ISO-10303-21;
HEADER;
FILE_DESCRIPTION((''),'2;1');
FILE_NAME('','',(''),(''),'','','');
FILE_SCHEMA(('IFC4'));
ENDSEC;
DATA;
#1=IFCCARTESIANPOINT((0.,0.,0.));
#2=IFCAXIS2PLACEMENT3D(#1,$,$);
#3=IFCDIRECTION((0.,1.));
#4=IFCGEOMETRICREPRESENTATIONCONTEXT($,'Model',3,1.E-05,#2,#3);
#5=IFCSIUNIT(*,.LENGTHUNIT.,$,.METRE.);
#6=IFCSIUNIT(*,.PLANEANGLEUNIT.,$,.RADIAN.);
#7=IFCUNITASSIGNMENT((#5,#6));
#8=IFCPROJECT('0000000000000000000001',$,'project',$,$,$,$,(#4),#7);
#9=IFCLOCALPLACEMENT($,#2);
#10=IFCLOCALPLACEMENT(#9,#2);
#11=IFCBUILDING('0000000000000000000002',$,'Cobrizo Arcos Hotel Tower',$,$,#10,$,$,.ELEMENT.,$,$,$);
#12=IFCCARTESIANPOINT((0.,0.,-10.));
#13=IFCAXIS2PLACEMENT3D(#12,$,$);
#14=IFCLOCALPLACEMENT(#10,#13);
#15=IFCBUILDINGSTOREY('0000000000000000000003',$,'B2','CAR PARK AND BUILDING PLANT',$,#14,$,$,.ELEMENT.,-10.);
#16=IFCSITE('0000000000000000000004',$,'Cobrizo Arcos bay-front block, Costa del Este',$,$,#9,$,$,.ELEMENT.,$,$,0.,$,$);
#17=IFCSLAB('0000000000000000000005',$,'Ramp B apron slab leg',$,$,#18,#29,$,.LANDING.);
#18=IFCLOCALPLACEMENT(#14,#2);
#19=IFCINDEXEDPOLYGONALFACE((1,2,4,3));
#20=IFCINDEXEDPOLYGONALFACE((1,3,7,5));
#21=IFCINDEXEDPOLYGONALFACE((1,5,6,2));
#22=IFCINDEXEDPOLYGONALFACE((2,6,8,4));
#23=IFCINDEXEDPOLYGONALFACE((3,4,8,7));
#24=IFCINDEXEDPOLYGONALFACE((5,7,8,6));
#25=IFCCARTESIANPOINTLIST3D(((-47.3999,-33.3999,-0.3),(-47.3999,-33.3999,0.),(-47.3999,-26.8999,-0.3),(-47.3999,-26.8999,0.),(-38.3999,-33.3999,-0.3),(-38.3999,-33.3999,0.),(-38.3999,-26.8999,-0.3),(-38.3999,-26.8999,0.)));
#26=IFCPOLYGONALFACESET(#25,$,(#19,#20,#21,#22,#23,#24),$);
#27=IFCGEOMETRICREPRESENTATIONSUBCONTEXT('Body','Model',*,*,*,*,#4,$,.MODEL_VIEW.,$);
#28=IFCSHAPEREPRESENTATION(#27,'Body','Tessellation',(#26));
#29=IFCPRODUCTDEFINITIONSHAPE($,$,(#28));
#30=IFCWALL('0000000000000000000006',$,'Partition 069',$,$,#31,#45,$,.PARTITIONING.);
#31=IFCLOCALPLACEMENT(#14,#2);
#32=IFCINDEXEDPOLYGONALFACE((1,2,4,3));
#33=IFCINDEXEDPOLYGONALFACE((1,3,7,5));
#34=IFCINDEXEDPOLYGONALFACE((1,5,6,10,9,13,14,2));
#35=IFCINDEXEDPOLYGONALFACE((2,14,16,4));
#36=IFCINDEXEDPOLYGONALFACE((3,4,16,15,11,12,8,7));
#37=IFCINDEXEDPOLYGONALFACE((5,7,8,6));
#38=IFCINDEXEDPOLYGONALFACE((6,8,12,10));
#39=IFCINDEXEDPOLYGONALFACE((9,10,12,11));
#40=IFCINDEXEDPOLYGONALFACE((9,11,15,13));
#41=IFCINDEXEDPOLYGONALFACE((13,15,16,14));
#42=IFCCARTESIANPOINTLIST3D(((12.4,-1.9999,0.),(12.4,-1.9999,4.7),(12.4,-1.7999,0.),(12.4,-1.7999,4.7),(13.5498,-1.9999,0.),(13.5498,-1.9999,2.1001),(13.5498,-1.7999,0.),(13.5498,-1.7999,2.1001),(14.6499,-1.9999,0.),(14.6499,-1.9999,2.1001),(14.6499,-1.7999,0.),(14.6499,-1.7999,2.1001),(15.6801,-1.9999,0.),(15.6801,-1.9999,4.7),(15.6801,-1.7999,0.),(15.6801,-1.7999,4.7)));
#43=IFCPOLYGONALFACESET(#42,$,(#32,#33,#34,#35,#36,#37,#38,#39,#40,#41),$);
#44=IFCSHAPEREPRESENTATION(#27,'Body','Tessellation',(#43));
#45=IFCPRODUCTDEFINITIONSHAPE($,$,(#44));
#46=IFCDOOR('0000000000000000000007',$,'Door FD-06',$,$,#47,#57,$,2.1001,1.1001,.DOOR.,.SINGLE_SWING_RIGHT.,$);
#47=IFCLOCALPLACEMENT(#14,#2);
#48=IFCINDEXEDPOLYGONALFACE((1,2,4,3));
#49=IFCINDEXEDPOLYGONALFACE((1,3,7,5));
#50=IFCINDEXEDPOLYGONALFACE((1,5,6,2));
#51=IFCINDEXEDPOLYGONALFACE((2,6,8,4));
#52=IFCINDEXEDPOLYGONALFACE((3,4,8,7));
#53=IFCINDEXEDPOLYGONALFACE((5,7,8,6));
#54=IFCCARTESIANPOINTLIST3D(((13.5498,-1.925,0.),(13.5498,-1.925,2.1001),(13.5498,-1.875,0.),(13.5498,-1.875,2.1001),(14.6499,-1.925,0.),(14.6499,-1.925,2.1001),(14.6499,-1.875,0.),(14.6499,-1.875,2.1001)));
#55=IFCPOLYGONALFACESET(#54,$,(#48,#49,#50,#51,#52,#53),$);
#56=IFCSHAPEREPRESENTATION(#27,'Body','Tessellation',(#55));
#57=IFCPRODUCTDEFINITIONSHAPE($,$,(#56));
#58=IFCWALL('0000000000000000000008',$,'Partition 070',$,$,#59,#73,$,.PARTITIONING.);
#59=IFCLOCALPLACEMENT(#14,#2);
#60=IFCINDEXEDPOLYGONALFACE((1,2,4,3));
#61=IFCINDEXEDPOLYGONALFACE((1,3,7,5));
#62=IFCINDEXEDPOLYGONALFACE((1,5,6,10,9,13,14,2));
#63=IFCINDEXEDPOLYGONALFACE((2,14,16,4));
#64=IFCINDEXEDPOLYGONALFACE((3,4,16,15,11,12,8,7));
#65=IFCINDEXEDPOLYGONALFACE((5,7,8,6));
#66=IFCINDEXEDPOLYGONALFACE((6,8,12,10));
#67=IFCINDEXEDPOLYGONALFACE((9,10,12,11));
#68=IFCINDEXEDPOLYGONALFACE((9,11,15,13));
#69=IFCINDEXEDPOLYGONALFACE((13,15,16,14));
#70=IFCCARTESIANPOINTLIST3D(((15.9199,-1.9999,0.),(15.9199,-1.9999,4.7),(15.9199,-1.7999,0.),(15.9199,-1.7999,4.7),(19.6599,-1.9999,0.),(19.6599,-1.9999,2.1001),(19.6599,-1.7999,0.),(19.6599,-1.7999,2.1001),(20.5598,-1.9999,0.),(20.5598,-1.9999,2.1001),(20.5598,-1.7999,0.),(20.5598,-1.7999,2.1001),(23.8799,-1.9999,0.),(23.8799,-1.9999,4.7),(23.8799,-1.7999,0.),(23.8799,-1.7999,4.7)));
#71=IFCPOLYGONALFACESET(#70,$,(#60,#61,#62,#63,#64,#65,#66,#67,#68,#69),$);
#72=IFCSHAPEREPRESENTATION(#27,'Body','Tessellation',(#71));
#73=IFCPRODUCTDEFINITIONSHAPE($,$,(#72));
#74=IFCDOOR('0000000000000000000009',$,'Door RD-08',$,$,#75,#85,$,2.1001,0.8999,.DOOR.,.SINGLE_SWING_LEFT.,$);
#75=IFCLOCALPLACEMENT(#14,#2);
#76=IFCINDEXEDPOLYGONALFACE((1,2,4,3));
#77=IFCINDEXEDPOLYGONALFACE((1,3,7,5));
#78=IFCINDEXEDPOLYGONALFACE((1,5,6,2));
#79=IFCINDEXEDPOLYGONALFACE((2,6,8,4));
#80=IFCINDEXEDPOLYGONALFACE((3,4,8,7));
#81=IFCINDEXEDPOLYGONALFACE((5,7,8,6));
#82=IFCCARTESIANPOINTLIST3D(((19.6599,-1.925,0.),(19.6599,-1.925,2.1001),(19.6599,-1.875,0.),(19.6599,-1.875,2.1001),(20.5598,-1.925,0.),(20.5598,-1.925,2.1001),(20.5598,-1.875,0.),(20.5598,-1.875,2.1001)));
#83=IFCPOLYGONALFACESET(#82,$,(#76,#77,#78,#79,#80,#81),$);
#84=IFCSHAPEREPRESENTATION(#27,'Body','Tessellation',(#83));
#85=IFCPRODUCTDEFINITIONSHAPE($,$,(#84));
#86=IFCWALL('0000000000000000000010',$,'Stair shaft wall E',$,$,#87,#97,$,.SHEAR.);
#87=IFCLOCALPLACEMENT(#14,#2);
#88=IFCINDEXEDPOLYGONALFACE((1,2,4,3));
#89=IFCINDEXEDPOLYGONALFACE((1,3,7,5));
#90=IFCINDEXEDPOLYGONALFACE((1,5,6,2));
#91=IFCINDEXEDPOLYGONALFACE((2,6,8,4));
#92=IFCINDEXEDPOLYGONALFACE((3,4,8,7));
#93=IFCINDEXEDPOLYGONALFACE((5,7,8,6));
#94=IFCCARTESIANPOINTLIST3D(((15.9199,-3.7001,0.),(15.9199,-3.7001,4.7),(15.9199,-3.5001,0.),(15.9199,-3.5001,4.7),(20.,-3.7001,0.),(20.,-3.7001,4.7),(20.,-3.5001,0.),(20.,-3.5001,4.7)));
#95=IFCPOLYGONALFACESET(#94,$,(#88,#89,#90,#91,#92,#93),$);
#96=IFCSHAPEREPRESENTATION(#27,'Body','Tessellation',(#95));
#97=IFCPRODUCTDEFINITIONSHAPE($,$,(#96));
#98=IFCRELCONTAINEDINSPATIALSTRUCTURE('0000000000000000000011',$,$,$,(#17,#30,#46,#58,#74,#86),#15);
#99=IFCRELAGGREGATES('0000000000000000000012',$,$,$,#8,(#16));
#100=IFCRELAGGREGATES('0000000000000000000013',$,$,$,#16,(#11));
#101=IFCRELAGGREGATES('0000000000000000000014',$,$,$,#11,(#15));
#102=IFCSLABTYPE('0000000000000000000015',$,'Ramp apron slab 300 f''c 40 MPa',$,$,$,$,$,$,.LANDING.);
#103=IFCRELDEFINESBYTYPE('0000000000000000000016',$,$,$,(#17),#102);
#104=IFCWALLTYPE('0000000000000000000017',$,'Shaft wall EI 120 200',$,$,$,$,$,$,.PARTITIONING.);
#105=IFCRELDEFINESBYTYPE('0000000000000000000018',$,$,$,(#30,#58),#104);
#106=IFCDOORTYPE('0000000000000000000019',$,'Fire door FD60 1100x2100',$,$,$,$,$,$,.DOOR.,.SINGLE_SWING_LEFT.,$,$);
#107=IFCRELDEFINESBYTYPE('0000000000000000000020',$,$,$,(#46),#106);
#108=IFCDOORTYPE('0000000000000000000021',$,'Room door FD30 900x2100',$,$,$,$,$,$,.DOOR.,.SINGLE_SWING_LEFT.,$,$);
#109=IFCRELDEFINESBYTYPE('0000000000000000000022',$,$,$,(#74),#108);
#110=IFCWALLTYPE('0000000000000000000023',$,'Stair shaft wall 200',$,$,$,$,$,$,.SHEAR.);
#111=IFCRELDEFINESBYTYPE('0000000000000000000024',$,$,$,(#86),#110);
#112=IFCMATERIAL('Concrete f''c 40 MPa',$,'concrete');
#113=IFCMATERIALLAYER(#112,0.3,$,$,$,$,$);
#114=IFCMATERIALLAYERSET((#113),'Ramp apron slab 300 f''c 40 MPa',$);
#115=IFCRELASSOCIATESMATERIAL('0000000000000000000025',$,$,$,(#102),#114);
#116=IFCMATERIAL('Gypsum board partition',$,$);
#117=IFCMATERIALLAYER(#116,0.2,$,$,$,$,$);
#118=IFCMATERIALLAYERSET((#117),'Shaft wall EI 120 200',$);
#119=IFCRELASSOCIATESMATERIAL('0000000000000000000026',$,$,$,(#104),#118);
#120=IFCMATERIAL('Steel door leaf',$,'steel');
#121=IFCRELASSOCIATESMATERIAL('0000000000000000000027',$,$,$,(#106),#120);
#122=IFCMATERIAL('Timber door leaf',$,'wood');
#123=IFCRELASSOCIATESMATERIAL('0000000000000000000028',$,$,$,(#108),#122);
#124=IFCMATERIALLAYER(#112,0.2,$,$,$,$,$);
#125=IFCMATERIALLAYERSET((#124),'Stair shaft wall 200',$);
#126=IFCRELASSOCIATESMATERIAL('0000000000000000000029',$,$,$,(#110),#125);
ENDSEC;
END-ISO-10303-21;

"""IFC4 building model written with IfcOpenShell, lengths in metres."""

from ifc_helpers import new_model, si_unit, direction, frame, frame_2d, origin, place, context, subcontext, project, spatial, polyline, rectangle, outline, extrude, material, layer, layer_set, type_object, element, fill, save


model = new_model("IFC4")

# Units and contexts
model_context = context("Model", 3, precision=1e-05, world=origin(), true_north=direction((0.0, 1.0)))
body_context = subcontext(model_context, "Body", "Model", "MODEL_VIEW")
ifc_project = project(units=[si_unit("LENGTHUNIT", "METRE"), si_unit("PLANEANGLEUNIT", "RADIAN")], contexts=[model_context])

# Site, building, storey
site_placement = place(None, origin())
site = spatial("IfcSite", under=ifc_project, at=site_placement, Name="Cobrizo Arcos bay-front block, Costa del Este", CompositionType="ELEMENT", RefElevation=0.0)
building_placement = place(site_placement, origin())
building = spatial("IfcBuilding", under=site, at=building_placement, Name="Cobrizo Arcos Hotel Tower", CompositionType="ELEMENT")
storey_placement = place(building_placement, frame((0.0, 0.0, -10.0)))
storey = spatial("IfcBuildingStorey", under=building, at=storey_placement, Name="B2", Description="CAR PARK AND BUILDING PLANT", CompositionType="ELEMENT", Elevation=-10.0)

# Shared definitions
ifc_material_1 = material(Name="Concrete f'c 40 MPa", Category="concrete")

# Slab
ifc_layer_1 = layer(ifc_material_1, 0.3)
ifc_layer_set_1 = layer_set([ifc_layer_1], Name="Ramp apron slab 300 f'c 40 MPa")
slab_type = type_object("IfcSlabType", Name="Ramp apron slab 300 f'c 40 MPa", PredefinedType="LANDING", material=ifc_layer_set_1)
slab_1_placement = place(storey_placement, frame((0.0, 0.0, -0.3)))
element("IfcSlab", 1, at=slab_1_placement, inside=storey, type_object=slab_type, Name="Ramp B apron slab leg", PredefinedType="LANDING", context=body_context, shape_type="SweptSolid", body=[
    extrude(outline(polyline([(-47.3999, -33.3999), (-38.3999, -33.3999), (-38.3999, -26.8999), (-47.3999, -26.8999), (-47.3999, -33.3999)])), origin(), (0.0, 0.0, 1.0), 0.3),
])

# Walls, openings, doors
ifc_material_2 = material(Name="Gypsum board partition")
ifc_layer_2 = layer(ifc_material_2, 0.2)
ifc_layer_set_2 = layer_set([ifc_layer_2], Name="Shaft wall EI 120 200")
wall_type_1 = type_object("IfcWallType", Name="Shaft wall EI 120 200", PredefinedType="PARTITIONING", material=ifc_layer_set_2)
wall_1_placement = place(storey_placement, frame((12.3999, -1.8999, 0.0), z_axis=(0.0, 0.0, 1.0), x_axis=(1.0, 0.0, 0.0)))
wall_1 = element("IfcWall", 2, at=wall_1_placement, inside=storey, type_object=wall_type_1, Name="Partition 069", PredefinedType="PARTITIONING", context=body_context, shape_type="SweptSolid", body=[
    extrude(rectangle(XDim=3.28, YDim=0.2, at=frame_2d((1.6401, 0.0))), origin(), (0.0, 0.0, 1.0), 4.7),
])
opening_1_placement = place(wall_1_placement, frame((1.1499, 0.0, 0.0)))
opening_1 = element("IfcOpeningElement", 3, at=opening_1_placement, cuts=wall_1, PredefinedType="OPENING", context=body_context, shape_type="SweptSolid", body=[
    extrude(rectangle(XDim=1.1001, YDim=2.1001, at=frame_2d((0.55, 1.05))), frame((0.0, 0.1121, 0.0), z_axis=(0.0, -1.0, 0.0), x_axis=(1.0, 0.0, 0.0)), (0.0, 0.0, 1.0), 0.2239),
])
ifc_material_3 = material(Name="Steel door leaf", Category="steel")
door_type_1 = type_object("IfcDoorType", Name="Fire door FD60 1100x2100", OperationType="SINGLE_SWING_LEFT", PredefinedType="DOOR", material=ifc_material_3)
door_1_placement = place(opening_1_placement, origin())
door_1 = element("IfcDoor", 4, at=door_1_placement, inside=storey, type_object=door_type_1, Name="Door FD-06", OperationType="SINGLE_SWING_RIGHT", OverallHeight=2.1001, OverallWidth=1.1001, PredefinedType="DOOR", context=body_context, shape_type="SweptSolid", body=[
    extrude(rectangle(XDim=1.1001, YDim=2.1001, at=frame_2d((0.55, 1.05))), frame((0.0, 0.0249, 0.0), z_axis=(0.0, -1.0, 0.0), x_axis=(1.0, 0.0, 0.0)), (0.0, 0.0, 1.0), 0.05),
])
fill(opening_1, door_1)
wall_2_placement = place(storey_placement, frame((15.9199, -1.8999, 0.0), z_axis=(0.0, 0.0, 1.0), x_axis=(1.0, 0.0, 0.0)))
wall_2 = element("IfcWall", 5, at=wall_2_placement, inside=storey, type_object=wall_type_1, Name="Partition 070", PredefinedType="PARTITIONING", context=body_context, shape_type="SweptSolid", body=[
    extrude(rectangle(XDim=7.96, YDim=0.2, at=frame_2d((3.98, 0.0))), origin(), (0.0, 0.0, 1.0), 4.7),
])
opening_2_placement = place(wall_2_placement, frame((3.74, 0.0, 0.0)))
opening_2 = element("IfcOpeningElement", 6, at=opening_2_placement, cuts=wall_2, PredefinedType="OPENING", context=body_context, shape_type="SweptSolid", body=[
    extrude(rectangle(XDim=0.8999, YDim=2.1001, at=frame_2d((0.45, 1.05))), frame((0.0, 0.1121, 0.0), z_axis=(0.0, -1.0, 0.0), x_axis=(1.0, 0.0, 0.0)), (0.0, 0.0, 1.0), 0.2239),
])
ifc_material_4 = material(Name="Timber door leaf", Category="wood")
door_type_2 = type_object("IfcDoorType", Name="Room door FD30 900x2100", OperationType="SINGLE_SWING_LEFT", PredefinedType="DOOR", material=ifc_material_4)
door_2_placement = place(opening_2_placement, origin())
door_2 = element("IfcDoor", 7, at=door_2_placement, inside=storey, type_object=door_type_2, Name="Door RD-08", OperationType="SINGLE_SWING_LEFT", OverallHeight=2.1001, OverallWidth=0.8999, PredefinedType="DOOR", context=body_context, shape_type="SweptSolid", body=[
    extrude(rectangle(XDim=0.8999, YDim=2.1001, at=frame_2d((0.45, 1.05))), frame((0.0, 0.0249, 0.0), z_axis=(0.0, -1.0, 0.0), x_axis=(1.0, 0.0, 0.0)), (0.0, 0.0, 1.0), 0.05),
])
fill(opening_2, door_2)

# Wall
ifc_layer_3 = layer(ifc_material_1, 0.2)
ifc_layer_set_3 = layer_set([ifc_layer_3], Name="Stair shaft wall 200")
wall_type_2 = type_object("IfcWallType", Name="Stair shaft wall 200", PredefinedType="SHEAR", material=ifc_layer_set_3)
wall_3_placement = place(storey_placement, frame((15.9199, -3.6001, 0.0), z_axis=(0.0, 0.0, 1.0), x_axis=(1.0, 0.0, 0.0)))
element("IfcWall", 8, at=wall_3_placement, inside=storey, type_object=wall_type_2, Name="Stair shaft wall E", PredefinedType="SHEAR", context=body_context, shape_type="SweptSolid", body=[
    extrude(rectangle(XDim=4.0801, YDim=0.2, at=frame_2d((2.04, 0.0))), origin(), (0.0, 0.0, 1.0), 4.7),
])

save(model, "model.ifc")
